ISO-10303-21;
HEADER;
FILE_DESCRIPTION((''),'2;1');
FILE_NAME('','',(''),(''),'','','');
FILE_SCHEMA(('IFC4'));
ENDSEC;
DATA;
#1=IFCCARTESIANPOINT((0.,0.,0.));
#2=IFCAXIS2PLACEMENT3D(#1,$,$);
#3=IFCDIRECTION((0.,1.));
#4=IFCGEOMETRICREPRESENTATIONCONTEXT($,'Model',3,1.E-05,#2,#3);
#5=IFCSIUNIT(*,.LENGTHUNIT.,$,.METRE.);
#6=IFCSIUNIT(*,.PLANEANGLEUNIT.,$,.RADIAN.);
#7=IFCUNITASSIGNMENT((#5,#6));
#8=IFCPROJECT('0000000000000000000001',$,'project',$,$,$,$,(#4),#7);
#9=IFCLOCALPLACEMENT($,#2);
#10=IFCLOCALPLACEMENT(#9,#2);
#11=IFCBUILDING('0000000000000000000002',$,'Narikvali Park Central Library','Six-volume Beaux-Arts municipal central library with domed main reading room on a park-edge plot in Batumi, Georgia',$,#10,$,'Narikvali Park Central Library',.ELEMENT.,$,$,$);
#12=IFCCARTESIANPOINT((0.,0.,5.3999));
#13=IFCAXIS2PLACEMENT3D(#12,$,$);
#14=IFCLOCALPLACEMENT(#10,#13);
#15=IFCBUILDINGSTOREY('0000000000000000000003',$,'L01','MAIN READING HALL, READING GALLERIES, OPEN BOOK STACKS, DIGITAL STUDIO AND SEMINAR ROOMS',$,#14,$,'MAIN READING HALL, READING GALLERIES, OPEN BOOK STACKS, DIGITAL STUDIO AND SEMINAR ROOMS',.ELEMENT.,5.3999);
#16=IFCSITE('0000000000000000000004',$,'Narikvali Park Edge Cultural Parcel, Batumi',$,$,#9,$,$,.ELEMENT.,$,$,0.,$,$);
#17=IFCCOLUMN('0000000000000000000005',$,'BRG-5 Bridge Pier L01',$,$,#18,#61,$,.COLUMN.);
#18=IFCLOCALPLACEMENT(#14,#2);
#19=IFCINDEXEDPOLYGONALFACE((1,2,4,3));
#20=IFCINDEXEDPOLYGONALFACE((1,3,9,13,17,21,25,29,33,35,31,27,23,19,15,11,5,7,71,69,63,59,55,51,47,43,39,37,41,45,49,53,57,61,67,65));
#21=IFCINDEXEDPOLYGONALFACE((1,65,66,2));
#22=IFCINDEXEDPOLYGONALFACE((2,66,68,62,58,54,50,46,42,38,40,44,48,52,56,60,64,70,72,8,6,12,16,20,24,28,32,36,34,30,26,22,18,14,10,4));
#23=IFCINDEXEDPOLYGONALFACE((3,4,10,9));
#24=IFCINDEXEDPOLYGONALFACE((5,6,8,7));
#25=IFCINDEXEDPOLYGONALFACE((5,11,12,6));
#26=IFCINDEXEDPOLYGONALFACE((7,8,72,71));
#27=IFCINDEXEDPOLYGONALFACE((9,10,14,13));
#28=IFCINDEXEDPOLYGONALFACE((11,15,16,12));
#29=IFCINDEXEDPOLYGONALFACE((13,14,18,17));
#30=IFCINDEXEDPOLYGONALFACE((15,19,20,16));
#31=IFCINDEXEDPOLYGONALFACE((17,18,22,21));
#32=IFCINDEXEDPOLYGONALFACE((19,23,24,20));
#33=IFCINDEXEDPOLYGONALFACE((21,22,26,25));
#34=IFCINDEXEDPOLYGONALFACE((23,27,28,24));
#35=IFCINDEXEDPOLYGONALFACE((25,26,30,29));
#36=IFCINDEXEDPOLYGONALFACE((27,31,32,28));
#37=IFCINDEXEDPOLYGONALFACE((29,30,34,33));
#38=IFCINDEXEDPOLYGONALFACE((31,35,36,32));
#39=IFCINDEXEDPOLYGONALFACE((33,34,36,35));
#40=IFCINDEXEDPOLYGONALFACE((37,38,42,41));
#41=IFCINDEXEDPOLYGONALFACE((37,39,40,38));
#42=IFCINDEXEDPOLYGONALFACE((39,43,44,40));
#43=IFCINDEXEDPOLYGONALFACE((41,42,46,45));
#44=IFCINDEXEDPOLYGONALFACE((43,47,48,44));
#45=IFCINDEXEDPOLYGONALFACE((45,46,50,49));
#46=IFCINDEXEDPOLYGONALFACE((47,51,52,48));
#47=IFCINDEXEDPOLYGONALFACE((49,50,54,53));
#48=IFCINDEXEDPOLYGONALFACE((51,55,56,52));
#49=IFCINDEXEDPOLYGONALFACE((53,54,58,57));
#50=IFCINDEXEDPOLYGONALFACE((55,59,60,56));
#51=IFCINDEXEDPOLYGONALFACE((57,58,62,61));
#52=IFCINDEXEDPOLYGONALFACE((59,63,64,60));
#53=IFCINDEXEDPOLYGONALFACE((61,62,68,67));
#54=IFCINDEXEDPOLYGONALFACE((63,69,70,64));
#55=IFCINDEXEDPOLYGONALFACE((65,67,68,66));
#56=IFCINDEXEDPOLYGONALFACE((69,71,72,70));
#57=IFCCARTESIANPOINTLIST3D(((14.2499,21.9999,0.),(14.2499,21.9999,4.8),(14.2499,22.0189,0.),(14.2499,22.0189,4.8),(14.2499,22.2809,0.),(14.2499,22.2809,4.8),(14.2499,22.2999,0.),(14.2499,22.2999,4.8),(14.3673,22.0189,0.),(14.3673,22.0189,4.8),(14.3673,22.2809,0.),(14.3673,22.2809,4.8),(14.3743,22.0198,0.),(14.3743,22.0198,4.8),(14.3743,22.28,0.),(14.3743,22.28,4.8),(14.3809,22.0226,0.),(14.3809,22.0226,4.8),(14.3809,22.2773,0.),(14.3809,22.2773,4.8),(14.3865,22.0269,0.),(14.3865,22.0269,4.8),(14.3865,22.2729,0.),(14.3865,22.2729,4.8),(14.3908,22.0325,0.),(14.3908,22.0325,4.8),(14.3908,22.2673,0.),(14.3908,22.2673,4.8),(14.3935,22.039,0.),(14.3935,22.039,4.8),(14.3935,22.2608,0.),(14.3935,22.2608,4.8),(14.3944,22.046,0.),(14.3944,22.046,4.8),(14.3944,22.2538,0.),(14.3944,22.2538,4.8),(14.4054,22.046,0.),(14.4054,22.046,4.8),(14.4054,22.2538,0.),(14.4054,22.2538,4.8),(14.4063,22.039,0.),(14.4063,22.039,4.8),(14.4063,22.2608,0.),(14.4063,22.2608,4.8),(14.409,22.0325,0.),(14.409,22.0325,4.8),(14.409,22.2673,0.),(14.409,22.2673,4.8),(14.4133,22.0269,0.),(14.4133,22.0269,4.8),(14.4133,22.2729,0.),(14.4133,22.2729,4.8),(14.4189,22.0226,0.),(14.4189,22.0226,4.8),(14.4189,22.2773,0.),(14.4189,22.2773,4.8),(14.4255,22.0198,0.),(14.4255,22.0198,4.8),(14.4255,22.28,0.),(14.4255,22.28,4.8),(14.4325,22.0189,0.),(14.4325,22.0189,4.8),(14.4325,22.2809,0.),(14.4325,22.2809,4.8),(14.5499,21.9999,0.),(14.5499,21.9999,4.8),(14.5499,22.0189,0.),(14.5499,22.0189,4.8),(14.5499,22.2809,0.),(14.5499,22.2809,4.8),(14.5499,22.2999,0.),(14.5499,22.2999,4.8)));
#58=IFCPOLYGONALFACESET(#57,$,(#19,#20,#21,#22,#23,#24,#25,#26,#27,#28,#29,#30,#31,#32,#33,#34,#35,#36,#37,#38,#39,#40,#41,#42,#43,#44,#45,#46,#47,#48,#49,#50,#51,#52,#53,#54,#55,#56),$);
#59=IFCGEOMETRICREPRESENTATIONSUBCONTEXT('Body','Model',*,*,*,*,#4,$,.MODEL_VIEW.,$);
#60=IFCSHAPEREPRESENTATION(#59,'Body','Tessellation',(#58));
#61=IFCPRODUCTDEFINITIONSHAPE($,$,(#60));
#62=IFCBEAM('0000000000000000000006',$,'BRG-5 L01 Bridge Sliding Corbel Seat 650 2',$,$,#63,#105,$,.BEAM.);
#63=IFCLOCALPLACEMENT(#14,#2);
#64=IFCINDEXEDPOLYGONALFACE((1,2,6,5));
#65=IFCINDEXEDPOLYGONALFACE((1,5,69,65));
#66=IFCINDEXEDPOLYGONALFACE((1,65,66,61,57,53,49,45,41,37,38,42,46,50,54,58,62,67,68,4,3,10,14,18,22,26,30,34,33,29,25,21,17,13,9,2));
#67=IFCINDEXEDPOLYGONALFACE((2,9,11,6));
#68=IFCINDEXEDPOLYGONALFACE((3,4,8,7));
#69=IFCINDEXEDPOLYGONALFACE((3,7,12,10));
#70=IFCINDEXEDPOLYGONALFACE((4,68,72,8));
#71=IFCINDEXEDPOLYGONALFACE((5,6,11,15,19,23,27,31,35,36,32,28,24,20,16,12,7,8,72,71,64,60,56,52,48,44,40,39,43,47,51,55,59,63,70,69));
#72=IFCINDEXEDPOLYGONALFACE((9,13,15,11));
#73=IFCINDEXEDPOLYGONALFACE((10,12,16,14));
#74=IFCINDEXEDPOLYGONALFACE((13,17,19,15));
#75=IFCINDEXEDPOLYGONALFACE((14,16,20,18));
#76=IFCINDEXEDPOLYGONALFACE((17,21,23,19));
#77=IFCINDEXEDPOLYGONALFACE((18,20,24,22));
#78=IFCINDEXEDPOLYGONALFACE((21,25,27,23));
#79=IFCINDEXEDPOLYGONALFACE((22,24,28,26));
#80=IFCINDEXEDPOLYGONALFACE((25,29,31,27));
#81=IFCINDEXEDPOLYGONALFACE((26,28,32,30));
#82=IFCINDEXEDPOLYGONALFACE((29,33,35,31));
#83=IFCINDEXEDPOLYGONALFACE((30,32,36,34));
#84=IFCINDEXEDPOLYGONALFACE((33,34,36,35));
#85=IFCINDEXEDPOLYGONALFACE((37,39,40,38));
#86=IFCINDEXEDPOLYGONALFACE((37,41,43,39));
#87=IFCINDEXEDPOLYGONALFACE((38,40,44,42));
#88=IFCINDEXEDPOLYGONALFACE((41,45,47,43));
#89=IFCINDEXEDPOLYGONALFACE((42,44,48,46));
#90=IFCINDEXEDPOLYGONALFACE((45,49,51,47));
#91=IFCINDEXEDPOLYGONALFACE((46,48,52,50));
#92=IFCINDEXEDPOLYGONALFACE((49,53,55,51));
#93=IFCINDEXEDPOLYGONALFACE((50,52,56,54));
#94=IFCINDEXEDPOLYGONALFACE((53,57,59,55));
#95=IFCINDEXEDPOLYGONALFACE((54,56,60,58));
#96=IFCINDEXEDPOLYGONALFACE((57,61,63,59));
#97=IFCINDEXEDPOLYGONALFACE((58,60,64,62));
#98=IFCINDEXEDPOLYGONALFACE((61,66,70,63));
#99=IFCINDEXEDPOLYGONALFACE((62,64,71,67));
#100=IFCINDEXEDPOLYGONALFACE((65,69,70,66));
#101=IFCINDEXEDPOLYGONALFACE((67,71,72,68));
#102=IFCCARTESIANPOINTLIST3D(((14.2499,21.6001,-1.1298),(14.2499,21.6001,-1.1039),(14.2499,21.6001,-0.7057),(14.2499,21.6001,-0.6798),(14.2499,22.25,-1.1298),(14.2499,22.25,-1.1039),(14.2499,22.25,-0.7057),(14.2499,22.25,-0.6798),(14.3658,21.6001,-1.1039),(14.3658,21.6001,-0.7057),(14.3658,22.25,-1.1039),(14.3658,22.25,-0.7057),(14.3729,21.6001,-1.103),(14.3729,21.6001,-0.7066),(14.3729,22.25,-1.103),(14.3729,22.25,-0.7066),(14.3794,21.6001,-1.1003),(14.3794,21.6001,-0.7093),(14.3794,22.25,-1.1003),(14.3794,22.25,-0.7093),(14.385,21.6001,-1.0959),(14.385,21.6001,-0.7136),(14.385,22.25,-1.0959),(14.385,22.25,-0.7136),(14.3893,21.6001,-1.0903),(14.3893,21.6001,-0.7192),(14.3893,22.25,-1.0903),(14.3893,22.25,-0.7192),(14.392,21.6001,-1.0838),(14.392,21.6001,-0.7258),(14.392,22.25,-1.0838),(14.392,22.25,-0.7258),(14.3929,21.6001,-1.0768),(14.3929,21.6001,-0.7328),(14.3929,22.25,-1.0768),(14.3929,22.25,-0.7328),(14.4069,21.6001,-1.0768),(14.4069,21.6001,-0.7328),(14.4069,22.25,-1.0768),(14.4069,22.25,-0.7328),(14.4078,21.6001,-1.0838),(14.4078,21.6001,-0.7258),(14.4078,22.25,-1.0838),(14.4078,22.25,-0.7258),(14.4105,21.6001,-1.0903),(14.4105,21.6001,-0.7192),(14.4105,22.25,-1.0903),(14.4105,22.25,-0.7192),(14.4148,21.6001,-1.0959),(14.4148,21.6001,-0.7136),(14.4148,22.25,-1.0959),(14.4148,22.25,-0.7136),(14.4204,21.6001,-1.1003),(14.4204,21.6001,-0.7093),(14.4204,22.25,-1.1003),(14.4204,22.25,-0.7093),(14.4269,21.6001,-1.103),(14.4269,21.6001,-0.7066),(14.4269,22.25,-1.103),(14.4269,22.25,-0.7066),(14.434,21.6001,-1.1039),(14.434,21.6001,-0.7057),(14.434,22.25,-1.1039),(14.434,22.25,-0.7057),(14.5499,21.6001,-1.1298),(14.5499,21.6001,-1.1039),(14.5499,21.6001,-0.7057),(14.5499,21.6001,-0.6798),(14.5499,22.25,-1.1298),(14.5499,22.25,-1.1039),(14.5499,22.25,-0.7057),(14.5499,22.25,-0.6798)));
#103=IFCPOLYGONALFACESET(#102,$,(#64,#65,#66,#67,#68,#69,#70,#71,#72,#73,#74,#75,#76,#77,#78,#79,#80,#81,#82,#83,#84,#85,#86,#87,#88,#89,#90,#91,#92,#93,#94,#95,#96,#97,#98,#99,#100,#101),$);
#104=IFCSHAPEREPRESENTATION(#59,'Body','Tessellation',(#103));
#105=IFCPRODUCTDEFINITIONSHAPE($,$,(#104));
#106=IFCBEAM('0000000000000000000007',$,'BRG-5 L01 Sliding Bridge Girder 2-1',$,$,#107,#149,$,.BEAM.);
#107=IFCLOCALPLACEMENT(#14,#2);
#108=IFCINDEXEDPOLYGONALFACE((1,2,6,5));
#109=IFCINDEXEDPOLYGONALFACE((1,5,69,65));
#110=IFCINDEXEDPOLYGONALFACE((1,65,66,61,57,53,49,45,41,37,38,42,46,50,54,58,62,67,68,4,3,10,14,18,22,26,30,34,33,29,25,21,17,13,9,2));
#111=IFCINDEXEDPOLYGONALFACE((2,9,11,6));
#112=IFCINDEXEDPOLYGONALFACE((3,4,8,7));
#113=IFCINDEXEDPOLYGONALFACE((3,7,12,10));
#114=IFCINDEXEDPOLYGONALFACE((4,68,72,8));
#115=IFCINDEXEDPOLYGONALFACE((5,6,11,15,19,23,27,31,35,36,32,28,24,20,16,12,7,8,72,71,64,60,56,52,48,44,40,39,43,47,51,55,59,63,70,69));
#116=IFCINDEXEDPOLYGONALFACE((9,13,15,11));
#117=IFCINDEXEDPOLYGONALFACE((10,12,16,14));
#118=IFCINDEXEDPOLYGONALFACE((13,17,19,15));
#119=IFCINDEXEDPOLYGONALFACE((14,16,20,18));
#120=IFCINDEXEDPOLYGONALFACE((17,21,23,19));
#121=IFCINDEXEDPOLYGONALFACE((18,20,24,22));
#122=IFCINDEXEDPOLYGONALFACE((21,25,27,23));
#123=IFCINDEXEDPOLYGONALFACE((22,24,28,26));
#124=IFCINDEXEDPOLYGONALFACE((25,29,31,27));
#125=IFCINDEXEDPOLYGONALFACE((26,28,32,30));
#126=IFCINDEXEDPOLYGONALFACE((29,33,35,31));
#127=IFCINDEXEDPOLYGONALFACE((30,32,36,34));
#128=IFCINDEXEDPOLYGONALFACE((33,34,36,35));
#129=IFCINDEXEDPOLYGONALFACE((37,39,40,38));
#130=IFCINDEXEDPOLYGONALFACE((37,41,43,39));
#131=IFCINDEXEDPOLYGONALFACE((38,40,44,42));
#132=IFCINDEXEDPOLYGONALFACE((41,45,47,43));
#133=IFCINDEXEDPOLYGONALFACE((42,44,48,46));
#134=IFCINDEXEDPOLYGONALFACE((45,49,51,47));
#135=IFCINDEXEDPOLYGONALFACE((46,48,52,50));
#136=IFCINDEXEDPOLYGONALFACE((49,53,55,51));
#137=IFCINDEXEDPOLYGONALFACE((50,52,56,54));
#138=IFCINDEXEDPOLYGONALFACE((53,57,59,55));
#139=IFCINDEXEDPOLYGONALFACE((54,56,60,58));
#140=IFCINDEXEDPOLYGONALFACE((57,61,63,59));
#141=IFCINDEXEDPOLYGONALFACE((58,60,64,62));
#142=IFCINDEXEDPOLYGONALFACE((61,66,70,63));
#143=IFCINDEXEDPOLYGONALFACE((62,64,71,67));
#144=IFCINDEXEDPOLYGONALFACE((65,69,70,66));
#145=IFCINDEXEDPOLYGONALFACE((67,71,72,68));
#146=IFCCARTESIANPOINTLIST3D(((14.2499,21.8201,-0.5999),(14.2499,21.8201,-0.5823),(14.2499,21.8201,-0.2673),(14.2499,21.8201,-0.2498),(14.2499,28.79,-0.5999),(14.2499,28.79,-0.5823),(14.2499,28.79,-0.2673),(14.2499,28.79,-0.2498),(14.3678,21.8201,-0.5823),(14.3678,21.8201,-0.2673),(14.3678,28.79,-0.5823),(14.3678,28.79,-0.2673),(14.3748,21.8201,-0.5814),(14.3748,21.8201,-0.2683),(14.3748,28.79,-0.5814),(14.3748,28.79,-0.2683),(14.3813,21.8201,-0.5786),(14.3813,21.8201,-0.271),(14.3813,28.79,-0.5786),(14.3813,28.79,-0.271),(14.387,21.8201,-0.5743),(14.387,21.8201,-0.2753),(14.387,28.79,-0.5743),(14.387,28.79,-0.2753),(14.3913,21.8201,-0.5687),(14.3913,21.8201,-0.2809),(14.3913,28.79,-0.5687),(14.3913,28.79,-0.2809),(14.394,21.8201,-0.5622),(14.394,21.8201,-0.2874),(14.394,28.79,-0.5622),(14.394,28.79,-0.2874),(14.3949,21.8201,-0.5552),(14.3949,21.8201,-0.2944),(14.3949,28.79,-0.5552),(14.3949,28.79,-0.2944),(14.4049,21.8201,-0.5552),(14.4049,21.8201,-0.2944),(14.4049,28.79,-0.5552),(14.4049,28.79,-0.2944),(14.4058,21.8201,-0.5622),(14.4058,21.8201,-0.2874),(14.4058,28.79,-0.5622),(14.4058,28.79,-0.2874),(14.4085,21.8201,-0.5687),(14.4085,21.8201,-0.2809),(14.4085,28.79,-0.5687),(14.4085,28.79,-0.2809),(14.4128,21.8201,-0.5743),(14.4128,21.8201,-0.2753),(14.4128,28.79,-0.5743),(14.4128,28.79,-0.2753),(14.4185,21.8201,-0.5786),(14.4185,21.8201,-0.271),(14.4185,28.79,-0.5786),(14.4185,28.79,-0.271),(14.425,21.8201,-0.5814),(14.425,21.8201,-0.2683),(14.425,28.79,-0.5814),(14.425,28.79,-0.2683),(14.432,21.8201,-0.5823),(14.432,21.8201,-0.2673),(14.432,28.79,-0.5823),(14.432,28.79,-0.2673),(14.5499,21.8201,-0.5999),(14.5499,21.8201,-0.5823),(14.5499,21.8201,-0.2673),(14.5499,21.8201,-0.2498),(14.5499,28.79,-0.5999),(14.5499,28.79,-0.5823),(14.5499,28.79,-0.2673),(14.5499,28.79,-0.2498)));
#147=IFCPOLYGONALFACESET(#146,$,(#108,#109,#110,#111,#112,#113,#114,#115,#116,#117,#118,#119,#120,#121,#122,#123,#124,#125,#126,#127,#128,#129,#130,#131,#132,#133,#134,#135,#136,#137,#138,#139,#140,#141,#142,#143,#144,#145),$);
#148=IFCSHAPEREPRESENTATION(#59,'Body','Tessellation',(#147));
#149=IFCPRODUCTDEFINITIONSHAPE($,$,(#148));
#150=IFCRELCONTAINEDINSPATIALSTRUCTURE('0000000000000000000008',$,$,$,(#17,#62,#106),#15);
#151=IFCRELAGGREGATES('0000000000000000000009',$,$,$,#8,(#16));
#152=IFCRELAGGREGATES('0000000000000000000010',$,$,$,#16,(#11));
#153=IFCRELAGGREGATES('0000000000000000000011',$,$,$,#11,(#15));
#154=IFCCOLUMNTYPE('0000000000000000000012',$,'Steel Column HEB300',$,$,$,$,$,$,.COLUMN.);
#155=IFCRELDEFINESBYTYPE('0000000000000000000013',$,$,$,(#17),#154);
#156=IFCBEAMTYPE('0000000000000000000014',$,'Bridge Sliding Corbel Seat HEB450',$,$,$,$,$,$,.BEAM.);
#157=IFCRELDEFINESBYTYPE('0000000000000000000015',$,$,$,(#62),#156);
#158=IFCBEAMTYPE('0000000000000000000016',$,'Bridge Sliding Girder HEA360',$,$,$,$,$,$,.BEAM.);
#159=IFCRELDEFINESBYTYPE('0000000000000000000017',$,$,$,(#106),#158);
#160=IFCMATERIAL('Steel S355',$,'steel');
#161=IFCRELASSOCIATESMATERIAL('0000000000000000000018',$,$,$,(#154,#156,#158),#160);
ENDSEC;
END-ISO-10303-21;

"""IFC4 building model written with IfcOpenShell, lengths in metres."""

from ifc_helpers import new_model, si_unit, direction, frame, origin, origin_2d, place, context, subcontext, project, spatial, i_section, extrude, material, material_profile, profile_set, type_object, element, save


model = new_model("IFC4")

# Units and contexts
model_context = context("Model", 3, precision=1e-05, world=origin(), true_north=direction((0.0, 1.0)))
body_context = subcontext(model_context, "Body", "Model", "MODEL_VIEW")
ifc_project = project(units=[si_unit("LENGTHUNIT", "METRE"), si_unit("PLANEANGLEUNIT", "RADIAN")], contexts=[model_context])

# Site, building, storey
site_placement = place(None, origin())
site = spatial("IfcSite", under=ifc_project, at=site_placement, Name="Narikvali Park Edge Cultural Parcel, Batumi", CompositionType="ELEMENT", RefElevation=0.0)
building_placement = place(site_placement, origin())
building = spatial("IfcBuilding", under=site, at=building_placement, Name="Narikvali Park Central Library", Description="Six-volume Beaux-Arts municipal central library with domed main reading room on a park-edge plot in Batumi, Georgia", LongName="Narikvali Park Central Library", CompositionType="ELEMENT")
storey_placement = place(building_placement, frame((0.0, 0.0, 5.3999)))
storey = spatial("IfcBuildingStorey", under=building, at=storey_placement, Name="L01", Description="MAIN READING HALL, READING GALLERIES, OPEN BOOK STACKS, DIGITAL STUDIO AND SEMINAR ROOMS", LongName="MAIN READING HALL, READING GALLERIES, OPEN BOOK STACKS, DIGITAL STUDIO AND SEMINAR ROOMS", CompositionType="ELEMENT", Elevation=5.3999)

# Column
ifc_material_1 = material(Name="Steel S355", Category="steel")
ifc_material_profile_1 = material_profile(ifc_material_1, i_section(OverallWidth=0.3, OverallDepth=0.3, WebThickness=0.011, FlangeThickness=0.019, FilletRadius=0.0271, at=origin_2d()), Name="HEB 300")
ifc_profile_set_1 = profile_set([ifc_material_profile_1], Name="Steel S355")
column_type_1 = type_object("IfcColumnType", Name="Steel Column HEB300", PredefinedType="COLUMN", material=ifc_profile_set_1)
column_placement = place(storey_placement, frame((14.3999, 22.1499, 0.0), z_axis=(0.0, 0.0, 1.0), x_axis=(1.0, 0.0, 0.0)))
element("IfcColumn", 1, at=column_placement, inside=storey, type_object=column_type_1, Name="BRG-5 Bridge Pier L01", PredefinedType="COLUMN", context=body_context, shape_type="SweptSolid", body=[
    extrude(i_section(OverallWidth=0.3, OverallDepth=0.3, WebThickness=0.011, FlangeThickness=0.019, FilletRadius=0.0271, at=origin_2d()), origin(), (0.0, 0.0, 1.0), 4.8),
])

# Beams
ifc_material_profile_2 = material_profile(ifc_material_1, i_section(OverallWidth=0.3, OverallDepth=0.45, WebThickness=0.0139, FlangeThickness=0.0259, FilletRadius=0.0271, at=origin_2d()), Name="HEB 450")
ifc_profile_set_2 = profile_set([ifc_material_profile_2], Name="Steel S355")
beam_type_1 = type_object("IfcBeamType", Name="Bridge Sliding Corbel Seat HEB450", PredefinedType="BEAM", material=ifc_profile_set_2)
beam_1_placement = place(storey_placement, frame((14.3999, 21.6001, -0.9048), z_axis=(0.0, 1.0, 0.0), x_axis=(-1.0, 0.0, 0.0)))
element("IfcBeam", 2, at=beam_1_placement, inside=storey, type_object=beam_type_1, Name="BRG-5 L01 Bridge Sliding Corbel Seat 650 2", PredefinedType="BEAM", context=body_context, shape_type="SweptSolid", body=[
    extrude(i_section(OverallWidth=0.3, OverallDepth=0.45, WebThickness=0.0139, FlangeThickness=0.0259, FilletRadius=0.0271, at=origin_2d()), origin(), (0.0, 0.0, 1.0), 0.6499),
])
ifc_material_profile_3 = material_profile(ifc_material_1, i_section(OverallWidth=0.3, OverallDepth=0.3501, WebThickness=0.01, FlangeThickness=0.0176, FilletRadius=0.0271, at=origin_2d()), Name="HEA 360")
ifc_profile_set_3 = profile_set([ifc_material_profile_3], Name="Steel S355")
beam_type_2 = type_object("IfcBeamType", Name="Bridge Sliding Girder HEA360", PredefinedType="BEAM", material=ifc_profile_set_3)
beam_2_placement = place(storey_placement, frame((14.3999, 21.8201, -0.4248), z_axis=(0.0, 1.0, 0.0), x_axis=(-1.0, 0.0, 0.0)))
element("IfcBeam", 3, at=beam_2_placement, inside=storey, type_object=beam_type_2, Name="BRG-5 L01 Sliding Bridge Girder 2-1", PredefinedType="BEAM", context=body_context, shape_type="SweptSolid", body=[
    extrude(i_section(OverallWidth=0.3, OverallDepth=0.3501, WebThickness=0.01, FlangeThickness=0.0176, FilletRadius=0.0271, at=origin_2d()), origin(), (0.0, 0.0, 1.0), 6.97),
])

save(model, "model.ifc")
